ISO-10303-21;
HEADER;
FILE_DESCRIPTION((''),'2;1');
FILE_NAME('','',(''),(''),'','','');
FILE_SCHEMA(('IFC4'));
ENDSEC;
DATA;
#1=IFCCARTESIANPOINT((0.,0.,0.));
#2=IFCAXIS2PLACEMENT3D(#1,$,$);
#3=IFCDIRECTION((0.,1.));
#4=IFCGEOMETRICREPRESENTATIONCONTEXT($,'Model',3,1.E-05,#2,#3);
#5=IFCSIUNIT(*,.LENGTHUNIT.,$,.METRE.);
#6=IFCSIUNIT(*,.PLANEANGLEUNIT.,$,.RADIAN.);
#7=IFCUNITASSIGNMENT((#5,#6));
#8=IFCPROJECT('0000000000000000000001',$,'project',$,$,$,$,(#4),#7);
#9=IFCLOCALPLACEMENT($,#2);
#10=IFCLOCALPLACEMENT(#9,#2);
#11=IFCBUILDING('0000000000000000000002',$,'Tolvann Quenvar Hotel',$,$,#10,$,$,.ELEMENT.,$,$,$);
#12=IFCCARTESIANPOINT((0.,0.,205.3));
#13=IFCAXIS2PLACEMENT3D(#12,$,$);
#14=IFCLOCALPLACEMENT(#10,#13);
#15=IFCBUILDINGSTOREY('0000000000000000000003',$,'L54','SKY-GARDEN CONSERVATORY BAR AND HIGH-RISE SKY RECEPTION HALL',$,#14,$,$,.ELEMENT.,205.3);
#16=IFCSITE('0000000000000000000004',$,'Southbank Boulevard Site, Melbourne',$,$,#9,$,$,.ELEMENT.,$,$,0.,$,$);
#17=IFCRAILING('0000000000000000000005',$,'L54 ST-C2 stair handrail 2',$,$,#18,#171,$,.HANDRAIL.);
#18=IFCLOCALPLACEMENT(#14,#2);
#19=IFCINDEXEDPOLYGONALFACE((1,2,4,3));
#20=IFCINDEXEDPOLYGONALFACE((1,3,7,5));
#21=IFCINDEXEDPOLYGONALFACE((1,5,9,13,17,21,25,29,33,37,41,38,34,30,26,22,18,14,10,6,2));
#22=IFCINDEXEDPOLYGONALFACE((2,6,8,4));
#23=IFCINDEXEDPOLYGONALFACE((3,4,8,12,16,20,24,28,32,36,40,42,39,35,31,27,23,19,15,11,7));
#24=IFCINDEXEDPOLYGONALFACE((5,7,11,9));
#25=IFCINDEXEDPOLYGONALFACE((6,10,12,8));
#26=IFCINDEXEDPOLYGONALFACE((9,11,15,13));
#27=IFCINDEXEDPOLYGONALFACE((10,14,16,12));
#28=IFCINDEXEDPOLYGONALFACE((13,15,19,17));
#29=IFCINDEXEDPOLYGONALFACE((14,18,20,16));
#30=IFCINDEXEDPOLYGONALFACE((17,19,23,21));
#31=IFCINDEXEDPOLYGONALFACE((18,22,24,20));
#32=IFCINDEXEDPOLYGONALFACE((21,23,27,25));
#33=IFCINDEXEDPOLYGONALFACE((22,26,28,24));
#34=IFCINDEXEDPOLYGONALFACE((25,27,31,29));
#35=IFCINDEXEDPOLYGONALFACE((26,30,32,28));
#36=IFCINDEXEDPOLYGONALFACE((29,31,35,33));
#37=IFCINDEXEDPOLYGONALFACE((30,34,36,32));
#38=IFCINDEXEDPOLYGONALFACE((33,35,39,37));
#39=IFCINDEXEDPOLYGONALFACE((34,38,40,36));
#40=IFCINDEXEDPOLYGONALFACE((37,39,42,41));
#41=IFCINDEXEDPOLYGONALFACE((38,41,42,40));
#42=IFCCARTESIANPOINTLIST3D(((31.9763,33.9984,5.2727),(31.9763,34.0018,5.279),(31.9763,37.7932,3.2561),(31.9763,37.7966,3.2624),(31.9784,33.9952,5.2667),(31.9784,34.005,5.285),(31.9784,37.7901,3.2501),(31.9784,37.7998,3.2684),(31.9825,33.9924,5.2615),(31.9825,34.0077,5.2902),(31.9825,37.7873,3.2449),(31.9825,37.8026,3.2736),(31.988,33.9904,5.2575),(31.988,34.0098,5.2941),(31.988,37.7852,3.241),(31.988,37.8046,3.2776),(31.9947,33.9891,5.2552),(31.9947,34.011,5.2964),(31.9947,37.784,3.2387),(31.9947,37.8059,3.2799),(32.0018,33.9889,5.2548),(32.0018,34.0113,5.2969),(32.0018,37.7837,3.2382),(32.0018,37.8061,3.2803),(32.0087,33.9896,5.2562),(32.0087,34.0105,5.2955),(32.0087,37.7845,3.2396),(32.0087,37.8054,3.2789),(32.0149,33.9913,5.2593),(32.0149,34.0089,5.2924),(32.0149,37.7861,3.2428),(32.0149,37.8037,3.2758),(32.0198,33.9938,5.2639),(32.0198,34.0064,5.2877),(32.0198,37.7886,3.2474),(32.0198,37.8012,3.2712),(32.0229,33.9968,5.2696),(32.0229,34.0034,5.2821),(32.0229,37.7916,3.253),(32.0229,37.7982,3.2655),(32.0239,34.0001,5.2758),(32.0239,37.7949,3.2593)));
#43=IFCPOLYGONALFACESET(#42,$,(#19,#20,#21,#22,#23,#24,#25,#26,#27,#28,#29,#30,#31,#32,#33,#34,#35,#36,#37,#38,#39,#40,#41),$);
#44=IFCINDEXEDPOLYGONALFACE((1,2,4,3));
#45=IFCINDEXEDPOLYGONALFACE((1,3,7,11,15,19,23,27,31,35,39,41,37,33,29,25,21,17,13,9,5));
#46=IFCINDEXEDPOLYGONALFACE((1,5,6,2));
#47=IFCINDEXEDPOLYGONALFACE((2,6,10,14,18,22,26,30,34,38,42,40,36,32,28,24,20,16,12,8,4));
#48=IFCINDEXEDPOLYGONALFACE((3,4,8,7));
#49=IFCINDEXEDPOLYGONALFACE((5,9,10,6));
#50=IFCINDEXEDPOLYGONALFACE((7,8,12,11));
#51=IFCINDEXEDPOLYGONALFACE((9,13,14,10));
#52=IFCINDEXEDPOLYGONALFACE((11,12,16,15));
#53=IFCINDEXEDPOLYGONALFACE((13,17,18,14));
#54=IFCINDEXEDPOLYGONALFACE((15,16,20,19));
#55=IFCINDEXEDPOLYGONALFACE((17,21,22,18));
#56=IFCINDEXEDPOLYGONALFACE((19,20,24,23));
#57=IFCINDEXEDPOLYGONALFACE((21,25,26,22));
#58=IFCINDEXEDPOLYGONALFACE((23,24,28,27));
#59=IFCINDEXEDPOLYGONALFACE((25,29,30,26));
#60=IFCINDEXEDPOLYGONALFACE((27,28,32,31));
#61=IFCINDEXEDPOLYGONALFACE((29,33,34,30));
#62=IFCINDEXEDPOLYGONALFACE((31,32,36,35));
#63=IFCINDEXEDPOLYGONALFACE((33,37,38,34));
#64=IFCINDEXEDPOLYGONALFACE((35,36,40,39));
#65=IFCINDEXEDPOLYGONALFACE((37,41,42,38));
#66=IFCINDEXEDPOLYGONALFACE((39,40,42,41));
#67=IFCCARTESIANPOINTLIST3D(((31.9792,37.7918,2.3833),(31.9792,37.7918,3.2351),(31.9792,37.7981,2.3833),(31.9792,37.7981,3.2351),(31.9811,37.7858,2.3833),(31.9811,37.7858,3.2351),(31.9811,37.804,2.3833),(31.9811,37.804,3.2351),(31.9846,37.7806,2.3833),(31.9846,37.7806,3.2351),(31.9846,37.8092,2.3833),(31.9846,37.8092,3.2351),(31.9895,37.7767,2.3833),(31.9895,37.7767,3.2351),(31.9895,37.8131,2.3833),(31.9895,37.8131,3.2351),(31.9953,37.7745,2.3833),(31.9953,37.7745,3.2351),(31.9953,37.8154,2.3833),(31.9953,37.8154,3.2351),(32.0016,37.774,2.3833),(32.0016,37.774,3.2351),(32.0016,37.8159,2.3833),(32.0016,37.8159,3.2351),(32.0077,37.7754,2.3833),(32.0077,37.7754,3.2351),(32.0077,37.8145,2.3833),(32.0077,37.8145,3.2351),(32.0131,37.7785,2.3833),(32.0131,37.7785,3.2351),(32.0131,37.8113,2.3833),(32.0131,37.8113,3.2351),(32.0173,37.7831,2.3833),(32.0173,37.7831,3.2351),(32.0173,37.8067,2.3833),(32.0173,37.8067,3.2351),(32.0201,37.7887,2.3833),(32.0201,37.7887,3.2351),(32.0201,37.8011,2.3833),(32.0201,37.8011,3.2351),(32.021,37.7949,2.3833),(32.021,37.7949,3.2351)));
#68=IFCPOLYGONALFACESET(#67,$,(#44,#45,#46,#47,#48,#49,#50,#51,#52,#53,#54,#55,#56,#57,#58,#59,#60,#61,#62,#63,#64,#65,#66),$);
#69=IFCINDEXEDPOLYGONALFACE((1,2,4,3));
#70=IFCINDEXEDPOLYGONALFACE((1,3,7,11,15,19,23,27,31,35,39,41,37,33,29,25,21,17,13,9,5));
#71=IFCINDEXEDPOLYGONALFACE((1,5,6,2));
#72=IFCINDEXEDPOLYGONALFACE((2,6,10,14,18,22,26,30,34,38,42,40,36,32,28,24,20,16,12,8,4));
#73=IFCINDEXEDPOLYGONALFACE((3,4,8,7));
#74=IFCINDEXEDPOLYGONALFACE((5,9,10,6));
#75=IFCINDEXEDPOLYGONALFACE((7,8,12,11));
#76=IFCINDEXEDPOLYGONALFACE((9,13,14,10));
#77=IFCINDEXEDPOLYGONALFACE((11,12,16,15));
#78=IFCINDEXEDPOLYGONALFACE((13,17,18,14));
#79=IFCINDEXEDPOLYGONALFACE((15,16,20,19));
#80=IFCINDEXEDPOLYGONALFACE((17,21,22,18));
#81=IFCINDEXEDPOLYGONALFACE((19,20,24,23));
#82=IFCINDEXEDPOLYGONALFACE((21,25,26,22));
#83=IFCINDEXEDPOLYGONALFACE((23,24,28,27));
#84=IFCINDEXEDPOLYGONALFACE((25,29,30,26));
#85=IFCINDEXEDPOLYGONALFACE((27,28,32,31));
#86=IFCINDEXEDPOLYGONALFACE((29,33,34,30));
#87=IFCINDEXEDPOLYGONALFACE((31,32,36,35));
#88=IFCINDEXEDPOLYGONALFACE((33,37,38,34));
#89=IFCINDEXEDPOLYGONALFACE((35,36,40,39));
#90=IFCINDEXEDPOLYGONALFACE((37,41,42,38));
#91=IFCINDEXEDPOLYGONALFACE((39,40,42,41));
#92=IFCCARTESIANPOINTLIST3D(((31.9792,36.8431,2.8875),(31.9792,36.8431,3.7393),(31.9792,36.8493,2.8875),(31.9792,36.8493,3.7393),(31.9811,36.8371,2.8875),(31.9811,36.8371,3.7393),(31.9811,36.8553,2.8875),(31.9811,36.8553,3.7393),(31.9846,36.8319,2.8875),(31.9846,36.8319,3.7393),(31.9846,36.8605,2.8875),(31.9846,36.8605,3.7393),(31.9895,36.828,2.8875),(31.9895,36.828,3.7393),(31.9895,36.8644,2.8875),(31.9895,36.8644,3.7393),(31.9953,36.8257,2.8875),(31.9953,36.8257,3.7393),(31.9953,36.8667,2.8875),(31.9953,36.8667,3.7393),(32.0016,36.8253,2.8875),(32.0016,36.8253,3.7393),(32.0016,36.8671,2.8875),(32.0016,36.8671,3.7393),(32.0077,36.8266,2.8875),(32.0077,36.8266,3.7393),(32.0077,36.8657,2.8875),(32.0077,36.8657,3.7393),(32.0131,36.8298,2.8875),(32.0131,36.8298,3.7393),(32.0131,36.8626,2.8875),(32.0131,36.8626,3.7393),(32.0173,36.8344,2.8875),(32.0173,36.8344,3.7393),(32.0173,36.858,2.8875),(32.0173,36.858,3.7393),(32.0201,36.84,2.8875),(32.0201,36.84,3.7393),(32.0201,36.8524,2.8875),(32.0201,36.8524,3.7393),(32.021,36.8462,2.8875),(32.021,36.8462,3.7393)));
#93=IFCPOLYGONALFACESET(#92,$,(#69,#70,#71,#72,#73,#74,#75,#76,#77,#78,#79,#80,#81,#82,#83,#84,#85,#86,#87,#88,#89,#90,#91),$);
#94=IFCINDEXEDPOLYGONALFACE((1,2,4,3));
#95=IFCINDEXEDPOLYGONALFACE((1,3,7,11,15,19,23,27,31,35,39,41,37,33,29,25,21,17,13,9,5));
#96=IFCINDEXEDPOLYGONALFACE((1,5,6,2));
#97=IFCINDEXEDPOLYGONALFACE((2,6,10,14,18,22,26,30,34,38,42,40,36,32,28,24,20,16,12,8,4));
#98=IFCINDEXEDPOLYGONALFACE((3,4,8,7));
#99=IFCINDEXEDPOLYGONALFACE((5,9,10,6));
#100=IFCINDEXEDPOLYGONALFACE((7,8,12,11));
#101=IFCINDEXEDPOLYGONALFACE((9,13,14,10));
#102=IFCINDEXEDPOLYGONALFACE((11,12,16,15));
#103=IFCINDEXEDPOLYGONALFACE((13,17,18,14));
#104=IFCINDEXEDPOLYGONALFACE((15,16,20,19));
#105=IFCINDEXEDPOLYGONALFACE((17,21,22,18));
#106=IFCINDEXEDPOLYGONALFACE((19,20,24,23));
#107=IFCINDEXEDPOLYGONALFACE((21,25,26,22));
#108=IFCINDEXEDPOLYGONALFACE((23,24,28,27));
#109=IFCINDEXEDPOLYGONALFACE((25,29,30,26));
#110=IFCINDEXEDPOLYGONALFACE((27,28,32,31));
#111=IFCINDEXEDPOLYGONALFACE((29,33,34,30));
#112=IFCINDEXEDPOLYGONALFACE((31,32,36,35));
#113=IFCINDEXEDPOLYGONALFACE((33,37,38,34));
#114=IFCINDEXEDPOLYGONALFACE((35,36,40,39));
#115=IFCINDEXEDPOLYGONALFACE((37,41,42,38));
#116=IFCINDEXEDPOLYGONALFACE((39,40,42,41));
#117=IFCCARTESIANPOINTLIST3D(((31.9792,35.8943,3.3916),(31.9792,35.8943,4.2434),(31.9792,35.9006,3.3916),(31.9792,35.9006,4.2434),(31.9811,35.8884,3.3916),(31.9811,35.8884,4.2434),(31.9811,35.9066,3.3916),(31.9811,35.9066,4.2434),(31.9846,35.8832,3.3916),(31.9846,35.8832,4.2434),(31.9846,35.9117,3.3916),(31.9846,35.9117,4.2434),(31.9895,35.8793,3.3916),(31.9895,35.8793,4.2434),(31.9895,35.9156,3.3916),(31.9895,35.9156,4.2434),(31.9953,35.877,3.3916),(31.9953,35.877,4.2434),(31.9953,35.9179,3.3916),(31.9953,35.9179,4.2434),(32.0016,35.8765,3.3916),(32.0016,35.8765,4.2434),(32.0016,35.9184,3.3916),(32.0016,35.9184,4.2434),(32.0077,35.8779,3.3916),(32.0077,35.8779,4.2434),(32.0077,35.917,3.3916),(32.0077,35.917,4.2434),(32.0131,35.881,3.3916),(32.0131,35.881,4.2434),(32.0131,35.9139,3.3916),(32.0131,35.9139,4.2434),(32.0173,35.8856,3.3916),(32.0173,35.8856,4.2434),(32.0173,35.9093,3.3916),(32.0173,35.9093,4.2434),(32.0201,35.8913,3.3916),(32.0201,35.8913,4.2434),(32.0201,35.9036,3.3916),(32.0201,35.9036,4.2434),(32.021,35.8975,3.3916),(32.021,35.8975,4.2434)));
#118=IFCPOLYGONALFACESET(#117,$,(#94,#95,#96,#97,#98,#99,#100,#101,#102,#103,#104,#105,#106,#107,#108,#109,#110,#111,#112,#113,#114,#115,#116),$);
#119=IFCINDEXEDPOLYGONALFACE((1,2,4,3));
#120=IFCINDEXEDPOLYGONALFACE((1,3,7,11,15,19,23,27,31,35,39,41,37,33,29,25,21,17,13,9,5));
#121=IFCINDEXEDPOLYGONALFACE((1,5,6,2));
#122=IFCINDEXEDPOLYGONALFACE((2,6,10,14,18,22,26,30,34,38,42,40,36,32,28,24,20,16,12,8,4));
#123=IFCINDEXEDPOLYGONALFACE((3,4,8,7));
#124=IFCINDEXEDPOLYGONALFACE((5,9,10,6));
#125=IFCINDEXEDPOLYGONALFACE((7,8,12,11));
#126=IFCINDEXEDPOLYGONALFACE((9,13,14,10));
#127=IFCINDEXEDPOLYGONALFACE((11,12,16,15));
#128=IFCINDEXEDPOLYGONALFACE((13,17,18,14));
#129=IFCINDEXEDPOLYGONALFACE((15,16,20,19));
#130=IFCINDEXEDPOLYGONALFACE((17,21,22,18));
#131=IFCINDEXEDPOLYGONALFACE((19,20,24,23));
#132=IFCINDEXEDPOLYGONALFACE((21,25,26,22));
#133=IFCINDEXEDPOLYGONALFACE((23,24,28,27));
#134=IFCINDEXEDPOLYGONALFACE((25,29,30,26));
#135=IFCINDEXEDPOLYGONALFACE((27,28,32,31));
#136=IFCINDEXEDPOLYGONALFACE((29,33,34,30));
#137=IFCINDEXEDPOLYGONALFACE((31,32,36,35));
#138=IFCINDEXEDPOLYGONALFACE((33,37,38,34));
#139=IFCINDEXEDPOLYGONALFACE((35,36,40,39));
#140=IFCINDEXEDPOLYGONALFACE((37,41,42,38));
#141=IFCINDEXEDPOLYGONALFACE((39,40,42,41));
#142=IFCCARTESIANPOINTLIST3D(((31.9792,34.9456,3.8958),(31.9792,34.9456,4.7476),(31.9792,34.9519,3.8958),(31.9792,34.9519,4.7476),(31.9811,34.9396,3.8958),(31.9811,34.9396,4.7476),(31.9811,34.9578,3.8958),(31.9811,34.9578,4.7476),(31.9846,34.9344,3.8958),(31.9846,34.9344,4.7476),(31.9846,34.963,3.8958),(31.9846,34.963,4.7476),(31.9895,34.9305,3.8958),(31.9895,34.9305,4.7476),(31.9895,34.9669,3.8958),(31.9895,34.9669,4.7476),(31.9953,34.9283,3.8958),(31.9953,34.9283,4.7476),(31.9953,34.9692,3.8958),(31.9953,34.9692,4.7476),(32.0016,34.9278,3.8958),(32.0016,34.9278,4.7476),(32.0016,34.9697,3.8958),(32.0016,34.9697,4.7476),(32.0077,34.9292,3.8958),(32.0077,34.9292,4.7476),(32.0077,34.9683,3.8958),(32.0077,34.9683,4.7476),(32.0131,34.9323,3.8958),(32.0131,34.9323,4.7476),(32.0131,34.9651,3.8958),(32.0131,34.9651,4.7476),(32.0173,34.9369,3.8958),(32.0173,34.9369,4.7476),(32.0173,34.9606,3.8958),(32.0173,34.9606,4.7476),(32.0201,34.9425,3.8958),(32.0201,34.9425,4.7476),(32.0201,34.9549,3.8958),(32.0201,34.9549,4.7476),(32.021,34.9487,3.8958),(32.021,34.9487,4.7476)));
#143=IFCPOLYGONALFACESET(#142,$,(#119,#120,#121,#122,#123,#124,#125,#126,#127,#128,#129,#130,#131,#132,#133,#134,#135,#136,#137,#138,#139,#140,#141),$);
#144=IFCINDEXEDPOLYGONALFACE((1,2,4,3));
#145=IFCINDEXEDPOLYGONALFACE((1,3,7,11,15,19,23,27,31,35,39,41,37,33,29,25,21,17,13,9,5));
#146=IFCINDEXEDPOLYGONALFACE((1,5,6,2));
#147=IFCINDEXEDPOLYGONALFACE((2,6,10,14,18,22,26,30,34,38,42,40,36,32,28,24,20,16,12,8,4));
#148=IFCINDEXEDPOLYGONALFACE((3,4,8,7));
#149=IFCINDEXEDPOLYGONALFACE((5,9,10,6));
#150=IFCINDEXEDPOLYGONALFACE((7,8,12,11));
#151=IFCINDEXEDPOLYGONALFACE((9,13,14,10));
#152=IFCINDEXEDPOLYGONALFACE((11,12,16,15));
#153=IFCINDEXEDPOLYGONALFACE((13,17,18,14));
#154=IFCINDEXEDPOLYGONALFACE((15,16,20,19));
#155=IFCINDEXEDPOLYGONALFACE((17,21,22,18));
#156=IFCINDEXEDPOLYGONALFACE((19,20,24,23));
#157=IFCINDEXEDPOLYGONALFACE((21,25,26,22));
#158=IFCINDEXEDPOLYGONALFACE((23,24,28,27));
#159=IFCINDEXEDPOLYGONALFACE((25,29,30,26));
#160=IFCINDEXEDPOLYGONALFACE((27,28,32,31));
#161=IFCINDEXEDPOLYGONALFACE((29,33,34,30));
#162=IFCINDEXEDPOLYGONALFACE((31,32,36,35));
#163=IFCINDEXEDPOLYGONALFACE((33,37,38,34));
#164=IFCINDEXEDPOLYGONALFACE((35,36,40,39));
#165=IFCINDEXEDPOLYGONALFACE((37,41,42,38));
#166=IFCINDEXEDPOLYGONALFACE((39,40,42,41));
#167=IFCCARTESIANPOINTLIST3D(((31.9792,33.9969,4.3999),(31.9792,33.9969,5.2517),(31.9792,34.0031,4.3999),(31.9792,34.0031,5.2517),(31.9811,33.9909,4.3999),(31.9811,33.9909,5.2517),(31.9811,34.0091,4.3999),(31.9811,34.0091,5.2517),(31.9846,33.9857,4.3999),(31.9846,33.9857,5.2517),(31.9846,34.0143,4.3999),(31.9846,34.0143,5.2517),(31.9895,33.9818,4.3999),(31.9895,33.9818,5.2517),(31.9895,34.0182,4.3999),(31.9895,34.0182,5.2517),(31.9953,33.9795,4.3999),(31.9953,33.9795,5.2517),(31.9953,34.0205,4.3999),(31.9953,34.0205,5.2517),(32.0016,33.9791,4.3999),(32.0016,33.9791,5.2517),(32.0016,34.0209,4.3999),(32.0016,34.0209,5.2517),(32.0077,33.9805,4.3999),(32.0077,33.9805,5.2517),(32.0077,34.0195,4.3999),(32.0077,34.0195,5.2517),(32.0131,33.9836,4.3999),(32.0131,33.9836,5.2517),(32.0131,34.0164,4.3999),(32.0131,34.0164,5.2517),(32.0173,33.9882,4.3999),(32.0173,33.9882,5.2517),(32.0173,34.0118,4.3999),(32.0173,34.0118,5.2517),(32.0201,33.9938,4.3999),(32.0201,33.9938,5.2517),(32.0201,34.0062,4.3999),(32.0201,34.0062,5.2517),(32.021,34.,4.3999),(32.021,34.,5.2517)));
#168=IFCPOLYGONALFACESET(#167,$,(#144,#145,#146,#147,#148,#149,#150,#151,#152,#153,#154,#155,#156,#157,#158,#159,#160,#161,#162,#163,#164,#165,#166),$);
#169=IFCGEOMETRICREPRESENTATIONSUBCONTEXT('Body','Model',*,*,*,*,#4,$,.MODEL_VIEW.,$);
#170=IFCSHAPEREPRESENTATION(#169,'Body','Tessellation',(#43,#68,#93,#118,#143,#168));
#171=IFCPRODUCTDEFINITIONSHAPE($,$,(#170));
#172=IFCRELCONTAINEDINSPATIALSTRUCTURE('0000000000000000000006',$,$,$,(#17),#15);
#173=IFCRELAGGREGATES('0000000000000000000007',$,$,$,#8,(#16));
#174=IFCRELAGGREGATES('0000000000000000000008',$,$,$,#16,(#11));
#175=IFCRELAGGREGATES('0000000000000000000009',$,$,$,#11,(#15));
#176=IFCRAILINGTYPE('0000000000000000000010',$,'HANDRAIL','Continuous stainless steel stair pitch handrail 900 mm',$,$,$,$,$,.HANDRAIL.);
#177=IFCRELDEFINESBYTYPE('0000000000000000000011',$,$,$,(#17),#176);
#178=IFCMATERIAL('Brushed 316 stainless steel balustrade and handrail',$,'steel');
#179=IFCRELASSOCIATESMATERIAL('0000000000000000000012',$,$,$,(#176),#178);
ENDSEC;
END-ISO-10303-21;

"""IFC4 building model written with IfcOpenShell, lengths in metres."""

from ifc_helpers import new_model, si_unit, direction, frame, origin, origin_2d, place, context, subcontext, project, spatial, circle, extrude, material, type_object, element, save


model = new_model("IFC4")

# Units and contexts
model_context = context("Model", 3, precision=1e-05, world=origin(), true_north=direction((0.0, 1.0)))
body_context = subcontext(model_context, "Body", "Model", "MODEL_VIEW")
ifc_project = project(units=[si_unit("LENGTHUNIT", "METRE"), si_unit("PLANEANGLEUNIT", "RADIAN")], contexts=[model_context])

# Site, building, storey
site_placement = place(None, origin())
site = spatial("IfcSite", under=ifc_project, at=site_placement, Name="Southbank Boulevard Site, Melbourne", CompositionType="ELEMENT", RefElevation=0.0)
building_placement = place(site_placement, origin())
building = spatial("IfcBuilding", under=site, at=building_placement, Name="Tolvann Quenvar Hotel", CompositionType="ELEMENT")
storey_placement = place(building_placement, frame((0.0, 0.0, 205.3)))
storey = spatial("IfcBuildingStorey", under=building, at=storey_placement, Name="L54", Description="SKY-GARDEN CONSERVATORY BAR AND HIGH-RISE SKY RECEPTION HALL", CompositionType="ELEMENT", Elevation=205.3)

# Railing
ifc_material_1 = material(Name="Brushed 316 stainless steel balustrade and handrail", Category="steel")
railing_type_1 = type_object("IfcRailingType", Name="HANDRAIL", Description="Continuous stainless steel stair pitch handrail 900 mm", PredefinedType="HANDRAIL", material=ifc_material_1)
railing_1_placement = place(storey_placement, frame((32.0, 37.7949, 2.3833)))
element("IfcRailing", 1, at=railing_1_placement, inside=storey, type_object=railing_type_1, Name="L54 ST-C2 stair handrail 2", PredefinedType="HANDRAIL", context=body_context, shape_type="SweptSolid", body=[
    extrude(circle(Radius=0.0239, at=origin_2d()), frame((0.0, 0.0, 0.876), z_axis=(0.0, -0.883063, 0.469255), x_axis=(1.0, 0.0, 0.0)), (0.0, 0.0, 1.0), 4.2974),
    extrude(circle(Radius=0.021, at=origin_2d()), origin(), (0.0, 0.0, 1.0), 0.8518),
    extrude(circle(Radius=0.021, at=origin_2d()), frame((0.0, -0.9487, 0.5042)), (0.0, 0.0, 1.0), 0.8518),
    extrude(circle(Radius=0.021, at=origin_2d()), frame((0.0, -1.8975, 1.0083)), (0.0, 0.0, 1.0), 0.8518),
    extrude(circle(Radius=0.021, at=origin_2d()), frame((0.0, -2.8462, 1.5125)), (0.0, 0.0, 1.0), 0.8518),
    extrude(circle(Radius=0.021, at=origin_2d()), frame((0.0, -3.7949, 2.0166)), (0.0, 0.0, 1.0), 0.8518),
])

save(model, "model.ifc")
